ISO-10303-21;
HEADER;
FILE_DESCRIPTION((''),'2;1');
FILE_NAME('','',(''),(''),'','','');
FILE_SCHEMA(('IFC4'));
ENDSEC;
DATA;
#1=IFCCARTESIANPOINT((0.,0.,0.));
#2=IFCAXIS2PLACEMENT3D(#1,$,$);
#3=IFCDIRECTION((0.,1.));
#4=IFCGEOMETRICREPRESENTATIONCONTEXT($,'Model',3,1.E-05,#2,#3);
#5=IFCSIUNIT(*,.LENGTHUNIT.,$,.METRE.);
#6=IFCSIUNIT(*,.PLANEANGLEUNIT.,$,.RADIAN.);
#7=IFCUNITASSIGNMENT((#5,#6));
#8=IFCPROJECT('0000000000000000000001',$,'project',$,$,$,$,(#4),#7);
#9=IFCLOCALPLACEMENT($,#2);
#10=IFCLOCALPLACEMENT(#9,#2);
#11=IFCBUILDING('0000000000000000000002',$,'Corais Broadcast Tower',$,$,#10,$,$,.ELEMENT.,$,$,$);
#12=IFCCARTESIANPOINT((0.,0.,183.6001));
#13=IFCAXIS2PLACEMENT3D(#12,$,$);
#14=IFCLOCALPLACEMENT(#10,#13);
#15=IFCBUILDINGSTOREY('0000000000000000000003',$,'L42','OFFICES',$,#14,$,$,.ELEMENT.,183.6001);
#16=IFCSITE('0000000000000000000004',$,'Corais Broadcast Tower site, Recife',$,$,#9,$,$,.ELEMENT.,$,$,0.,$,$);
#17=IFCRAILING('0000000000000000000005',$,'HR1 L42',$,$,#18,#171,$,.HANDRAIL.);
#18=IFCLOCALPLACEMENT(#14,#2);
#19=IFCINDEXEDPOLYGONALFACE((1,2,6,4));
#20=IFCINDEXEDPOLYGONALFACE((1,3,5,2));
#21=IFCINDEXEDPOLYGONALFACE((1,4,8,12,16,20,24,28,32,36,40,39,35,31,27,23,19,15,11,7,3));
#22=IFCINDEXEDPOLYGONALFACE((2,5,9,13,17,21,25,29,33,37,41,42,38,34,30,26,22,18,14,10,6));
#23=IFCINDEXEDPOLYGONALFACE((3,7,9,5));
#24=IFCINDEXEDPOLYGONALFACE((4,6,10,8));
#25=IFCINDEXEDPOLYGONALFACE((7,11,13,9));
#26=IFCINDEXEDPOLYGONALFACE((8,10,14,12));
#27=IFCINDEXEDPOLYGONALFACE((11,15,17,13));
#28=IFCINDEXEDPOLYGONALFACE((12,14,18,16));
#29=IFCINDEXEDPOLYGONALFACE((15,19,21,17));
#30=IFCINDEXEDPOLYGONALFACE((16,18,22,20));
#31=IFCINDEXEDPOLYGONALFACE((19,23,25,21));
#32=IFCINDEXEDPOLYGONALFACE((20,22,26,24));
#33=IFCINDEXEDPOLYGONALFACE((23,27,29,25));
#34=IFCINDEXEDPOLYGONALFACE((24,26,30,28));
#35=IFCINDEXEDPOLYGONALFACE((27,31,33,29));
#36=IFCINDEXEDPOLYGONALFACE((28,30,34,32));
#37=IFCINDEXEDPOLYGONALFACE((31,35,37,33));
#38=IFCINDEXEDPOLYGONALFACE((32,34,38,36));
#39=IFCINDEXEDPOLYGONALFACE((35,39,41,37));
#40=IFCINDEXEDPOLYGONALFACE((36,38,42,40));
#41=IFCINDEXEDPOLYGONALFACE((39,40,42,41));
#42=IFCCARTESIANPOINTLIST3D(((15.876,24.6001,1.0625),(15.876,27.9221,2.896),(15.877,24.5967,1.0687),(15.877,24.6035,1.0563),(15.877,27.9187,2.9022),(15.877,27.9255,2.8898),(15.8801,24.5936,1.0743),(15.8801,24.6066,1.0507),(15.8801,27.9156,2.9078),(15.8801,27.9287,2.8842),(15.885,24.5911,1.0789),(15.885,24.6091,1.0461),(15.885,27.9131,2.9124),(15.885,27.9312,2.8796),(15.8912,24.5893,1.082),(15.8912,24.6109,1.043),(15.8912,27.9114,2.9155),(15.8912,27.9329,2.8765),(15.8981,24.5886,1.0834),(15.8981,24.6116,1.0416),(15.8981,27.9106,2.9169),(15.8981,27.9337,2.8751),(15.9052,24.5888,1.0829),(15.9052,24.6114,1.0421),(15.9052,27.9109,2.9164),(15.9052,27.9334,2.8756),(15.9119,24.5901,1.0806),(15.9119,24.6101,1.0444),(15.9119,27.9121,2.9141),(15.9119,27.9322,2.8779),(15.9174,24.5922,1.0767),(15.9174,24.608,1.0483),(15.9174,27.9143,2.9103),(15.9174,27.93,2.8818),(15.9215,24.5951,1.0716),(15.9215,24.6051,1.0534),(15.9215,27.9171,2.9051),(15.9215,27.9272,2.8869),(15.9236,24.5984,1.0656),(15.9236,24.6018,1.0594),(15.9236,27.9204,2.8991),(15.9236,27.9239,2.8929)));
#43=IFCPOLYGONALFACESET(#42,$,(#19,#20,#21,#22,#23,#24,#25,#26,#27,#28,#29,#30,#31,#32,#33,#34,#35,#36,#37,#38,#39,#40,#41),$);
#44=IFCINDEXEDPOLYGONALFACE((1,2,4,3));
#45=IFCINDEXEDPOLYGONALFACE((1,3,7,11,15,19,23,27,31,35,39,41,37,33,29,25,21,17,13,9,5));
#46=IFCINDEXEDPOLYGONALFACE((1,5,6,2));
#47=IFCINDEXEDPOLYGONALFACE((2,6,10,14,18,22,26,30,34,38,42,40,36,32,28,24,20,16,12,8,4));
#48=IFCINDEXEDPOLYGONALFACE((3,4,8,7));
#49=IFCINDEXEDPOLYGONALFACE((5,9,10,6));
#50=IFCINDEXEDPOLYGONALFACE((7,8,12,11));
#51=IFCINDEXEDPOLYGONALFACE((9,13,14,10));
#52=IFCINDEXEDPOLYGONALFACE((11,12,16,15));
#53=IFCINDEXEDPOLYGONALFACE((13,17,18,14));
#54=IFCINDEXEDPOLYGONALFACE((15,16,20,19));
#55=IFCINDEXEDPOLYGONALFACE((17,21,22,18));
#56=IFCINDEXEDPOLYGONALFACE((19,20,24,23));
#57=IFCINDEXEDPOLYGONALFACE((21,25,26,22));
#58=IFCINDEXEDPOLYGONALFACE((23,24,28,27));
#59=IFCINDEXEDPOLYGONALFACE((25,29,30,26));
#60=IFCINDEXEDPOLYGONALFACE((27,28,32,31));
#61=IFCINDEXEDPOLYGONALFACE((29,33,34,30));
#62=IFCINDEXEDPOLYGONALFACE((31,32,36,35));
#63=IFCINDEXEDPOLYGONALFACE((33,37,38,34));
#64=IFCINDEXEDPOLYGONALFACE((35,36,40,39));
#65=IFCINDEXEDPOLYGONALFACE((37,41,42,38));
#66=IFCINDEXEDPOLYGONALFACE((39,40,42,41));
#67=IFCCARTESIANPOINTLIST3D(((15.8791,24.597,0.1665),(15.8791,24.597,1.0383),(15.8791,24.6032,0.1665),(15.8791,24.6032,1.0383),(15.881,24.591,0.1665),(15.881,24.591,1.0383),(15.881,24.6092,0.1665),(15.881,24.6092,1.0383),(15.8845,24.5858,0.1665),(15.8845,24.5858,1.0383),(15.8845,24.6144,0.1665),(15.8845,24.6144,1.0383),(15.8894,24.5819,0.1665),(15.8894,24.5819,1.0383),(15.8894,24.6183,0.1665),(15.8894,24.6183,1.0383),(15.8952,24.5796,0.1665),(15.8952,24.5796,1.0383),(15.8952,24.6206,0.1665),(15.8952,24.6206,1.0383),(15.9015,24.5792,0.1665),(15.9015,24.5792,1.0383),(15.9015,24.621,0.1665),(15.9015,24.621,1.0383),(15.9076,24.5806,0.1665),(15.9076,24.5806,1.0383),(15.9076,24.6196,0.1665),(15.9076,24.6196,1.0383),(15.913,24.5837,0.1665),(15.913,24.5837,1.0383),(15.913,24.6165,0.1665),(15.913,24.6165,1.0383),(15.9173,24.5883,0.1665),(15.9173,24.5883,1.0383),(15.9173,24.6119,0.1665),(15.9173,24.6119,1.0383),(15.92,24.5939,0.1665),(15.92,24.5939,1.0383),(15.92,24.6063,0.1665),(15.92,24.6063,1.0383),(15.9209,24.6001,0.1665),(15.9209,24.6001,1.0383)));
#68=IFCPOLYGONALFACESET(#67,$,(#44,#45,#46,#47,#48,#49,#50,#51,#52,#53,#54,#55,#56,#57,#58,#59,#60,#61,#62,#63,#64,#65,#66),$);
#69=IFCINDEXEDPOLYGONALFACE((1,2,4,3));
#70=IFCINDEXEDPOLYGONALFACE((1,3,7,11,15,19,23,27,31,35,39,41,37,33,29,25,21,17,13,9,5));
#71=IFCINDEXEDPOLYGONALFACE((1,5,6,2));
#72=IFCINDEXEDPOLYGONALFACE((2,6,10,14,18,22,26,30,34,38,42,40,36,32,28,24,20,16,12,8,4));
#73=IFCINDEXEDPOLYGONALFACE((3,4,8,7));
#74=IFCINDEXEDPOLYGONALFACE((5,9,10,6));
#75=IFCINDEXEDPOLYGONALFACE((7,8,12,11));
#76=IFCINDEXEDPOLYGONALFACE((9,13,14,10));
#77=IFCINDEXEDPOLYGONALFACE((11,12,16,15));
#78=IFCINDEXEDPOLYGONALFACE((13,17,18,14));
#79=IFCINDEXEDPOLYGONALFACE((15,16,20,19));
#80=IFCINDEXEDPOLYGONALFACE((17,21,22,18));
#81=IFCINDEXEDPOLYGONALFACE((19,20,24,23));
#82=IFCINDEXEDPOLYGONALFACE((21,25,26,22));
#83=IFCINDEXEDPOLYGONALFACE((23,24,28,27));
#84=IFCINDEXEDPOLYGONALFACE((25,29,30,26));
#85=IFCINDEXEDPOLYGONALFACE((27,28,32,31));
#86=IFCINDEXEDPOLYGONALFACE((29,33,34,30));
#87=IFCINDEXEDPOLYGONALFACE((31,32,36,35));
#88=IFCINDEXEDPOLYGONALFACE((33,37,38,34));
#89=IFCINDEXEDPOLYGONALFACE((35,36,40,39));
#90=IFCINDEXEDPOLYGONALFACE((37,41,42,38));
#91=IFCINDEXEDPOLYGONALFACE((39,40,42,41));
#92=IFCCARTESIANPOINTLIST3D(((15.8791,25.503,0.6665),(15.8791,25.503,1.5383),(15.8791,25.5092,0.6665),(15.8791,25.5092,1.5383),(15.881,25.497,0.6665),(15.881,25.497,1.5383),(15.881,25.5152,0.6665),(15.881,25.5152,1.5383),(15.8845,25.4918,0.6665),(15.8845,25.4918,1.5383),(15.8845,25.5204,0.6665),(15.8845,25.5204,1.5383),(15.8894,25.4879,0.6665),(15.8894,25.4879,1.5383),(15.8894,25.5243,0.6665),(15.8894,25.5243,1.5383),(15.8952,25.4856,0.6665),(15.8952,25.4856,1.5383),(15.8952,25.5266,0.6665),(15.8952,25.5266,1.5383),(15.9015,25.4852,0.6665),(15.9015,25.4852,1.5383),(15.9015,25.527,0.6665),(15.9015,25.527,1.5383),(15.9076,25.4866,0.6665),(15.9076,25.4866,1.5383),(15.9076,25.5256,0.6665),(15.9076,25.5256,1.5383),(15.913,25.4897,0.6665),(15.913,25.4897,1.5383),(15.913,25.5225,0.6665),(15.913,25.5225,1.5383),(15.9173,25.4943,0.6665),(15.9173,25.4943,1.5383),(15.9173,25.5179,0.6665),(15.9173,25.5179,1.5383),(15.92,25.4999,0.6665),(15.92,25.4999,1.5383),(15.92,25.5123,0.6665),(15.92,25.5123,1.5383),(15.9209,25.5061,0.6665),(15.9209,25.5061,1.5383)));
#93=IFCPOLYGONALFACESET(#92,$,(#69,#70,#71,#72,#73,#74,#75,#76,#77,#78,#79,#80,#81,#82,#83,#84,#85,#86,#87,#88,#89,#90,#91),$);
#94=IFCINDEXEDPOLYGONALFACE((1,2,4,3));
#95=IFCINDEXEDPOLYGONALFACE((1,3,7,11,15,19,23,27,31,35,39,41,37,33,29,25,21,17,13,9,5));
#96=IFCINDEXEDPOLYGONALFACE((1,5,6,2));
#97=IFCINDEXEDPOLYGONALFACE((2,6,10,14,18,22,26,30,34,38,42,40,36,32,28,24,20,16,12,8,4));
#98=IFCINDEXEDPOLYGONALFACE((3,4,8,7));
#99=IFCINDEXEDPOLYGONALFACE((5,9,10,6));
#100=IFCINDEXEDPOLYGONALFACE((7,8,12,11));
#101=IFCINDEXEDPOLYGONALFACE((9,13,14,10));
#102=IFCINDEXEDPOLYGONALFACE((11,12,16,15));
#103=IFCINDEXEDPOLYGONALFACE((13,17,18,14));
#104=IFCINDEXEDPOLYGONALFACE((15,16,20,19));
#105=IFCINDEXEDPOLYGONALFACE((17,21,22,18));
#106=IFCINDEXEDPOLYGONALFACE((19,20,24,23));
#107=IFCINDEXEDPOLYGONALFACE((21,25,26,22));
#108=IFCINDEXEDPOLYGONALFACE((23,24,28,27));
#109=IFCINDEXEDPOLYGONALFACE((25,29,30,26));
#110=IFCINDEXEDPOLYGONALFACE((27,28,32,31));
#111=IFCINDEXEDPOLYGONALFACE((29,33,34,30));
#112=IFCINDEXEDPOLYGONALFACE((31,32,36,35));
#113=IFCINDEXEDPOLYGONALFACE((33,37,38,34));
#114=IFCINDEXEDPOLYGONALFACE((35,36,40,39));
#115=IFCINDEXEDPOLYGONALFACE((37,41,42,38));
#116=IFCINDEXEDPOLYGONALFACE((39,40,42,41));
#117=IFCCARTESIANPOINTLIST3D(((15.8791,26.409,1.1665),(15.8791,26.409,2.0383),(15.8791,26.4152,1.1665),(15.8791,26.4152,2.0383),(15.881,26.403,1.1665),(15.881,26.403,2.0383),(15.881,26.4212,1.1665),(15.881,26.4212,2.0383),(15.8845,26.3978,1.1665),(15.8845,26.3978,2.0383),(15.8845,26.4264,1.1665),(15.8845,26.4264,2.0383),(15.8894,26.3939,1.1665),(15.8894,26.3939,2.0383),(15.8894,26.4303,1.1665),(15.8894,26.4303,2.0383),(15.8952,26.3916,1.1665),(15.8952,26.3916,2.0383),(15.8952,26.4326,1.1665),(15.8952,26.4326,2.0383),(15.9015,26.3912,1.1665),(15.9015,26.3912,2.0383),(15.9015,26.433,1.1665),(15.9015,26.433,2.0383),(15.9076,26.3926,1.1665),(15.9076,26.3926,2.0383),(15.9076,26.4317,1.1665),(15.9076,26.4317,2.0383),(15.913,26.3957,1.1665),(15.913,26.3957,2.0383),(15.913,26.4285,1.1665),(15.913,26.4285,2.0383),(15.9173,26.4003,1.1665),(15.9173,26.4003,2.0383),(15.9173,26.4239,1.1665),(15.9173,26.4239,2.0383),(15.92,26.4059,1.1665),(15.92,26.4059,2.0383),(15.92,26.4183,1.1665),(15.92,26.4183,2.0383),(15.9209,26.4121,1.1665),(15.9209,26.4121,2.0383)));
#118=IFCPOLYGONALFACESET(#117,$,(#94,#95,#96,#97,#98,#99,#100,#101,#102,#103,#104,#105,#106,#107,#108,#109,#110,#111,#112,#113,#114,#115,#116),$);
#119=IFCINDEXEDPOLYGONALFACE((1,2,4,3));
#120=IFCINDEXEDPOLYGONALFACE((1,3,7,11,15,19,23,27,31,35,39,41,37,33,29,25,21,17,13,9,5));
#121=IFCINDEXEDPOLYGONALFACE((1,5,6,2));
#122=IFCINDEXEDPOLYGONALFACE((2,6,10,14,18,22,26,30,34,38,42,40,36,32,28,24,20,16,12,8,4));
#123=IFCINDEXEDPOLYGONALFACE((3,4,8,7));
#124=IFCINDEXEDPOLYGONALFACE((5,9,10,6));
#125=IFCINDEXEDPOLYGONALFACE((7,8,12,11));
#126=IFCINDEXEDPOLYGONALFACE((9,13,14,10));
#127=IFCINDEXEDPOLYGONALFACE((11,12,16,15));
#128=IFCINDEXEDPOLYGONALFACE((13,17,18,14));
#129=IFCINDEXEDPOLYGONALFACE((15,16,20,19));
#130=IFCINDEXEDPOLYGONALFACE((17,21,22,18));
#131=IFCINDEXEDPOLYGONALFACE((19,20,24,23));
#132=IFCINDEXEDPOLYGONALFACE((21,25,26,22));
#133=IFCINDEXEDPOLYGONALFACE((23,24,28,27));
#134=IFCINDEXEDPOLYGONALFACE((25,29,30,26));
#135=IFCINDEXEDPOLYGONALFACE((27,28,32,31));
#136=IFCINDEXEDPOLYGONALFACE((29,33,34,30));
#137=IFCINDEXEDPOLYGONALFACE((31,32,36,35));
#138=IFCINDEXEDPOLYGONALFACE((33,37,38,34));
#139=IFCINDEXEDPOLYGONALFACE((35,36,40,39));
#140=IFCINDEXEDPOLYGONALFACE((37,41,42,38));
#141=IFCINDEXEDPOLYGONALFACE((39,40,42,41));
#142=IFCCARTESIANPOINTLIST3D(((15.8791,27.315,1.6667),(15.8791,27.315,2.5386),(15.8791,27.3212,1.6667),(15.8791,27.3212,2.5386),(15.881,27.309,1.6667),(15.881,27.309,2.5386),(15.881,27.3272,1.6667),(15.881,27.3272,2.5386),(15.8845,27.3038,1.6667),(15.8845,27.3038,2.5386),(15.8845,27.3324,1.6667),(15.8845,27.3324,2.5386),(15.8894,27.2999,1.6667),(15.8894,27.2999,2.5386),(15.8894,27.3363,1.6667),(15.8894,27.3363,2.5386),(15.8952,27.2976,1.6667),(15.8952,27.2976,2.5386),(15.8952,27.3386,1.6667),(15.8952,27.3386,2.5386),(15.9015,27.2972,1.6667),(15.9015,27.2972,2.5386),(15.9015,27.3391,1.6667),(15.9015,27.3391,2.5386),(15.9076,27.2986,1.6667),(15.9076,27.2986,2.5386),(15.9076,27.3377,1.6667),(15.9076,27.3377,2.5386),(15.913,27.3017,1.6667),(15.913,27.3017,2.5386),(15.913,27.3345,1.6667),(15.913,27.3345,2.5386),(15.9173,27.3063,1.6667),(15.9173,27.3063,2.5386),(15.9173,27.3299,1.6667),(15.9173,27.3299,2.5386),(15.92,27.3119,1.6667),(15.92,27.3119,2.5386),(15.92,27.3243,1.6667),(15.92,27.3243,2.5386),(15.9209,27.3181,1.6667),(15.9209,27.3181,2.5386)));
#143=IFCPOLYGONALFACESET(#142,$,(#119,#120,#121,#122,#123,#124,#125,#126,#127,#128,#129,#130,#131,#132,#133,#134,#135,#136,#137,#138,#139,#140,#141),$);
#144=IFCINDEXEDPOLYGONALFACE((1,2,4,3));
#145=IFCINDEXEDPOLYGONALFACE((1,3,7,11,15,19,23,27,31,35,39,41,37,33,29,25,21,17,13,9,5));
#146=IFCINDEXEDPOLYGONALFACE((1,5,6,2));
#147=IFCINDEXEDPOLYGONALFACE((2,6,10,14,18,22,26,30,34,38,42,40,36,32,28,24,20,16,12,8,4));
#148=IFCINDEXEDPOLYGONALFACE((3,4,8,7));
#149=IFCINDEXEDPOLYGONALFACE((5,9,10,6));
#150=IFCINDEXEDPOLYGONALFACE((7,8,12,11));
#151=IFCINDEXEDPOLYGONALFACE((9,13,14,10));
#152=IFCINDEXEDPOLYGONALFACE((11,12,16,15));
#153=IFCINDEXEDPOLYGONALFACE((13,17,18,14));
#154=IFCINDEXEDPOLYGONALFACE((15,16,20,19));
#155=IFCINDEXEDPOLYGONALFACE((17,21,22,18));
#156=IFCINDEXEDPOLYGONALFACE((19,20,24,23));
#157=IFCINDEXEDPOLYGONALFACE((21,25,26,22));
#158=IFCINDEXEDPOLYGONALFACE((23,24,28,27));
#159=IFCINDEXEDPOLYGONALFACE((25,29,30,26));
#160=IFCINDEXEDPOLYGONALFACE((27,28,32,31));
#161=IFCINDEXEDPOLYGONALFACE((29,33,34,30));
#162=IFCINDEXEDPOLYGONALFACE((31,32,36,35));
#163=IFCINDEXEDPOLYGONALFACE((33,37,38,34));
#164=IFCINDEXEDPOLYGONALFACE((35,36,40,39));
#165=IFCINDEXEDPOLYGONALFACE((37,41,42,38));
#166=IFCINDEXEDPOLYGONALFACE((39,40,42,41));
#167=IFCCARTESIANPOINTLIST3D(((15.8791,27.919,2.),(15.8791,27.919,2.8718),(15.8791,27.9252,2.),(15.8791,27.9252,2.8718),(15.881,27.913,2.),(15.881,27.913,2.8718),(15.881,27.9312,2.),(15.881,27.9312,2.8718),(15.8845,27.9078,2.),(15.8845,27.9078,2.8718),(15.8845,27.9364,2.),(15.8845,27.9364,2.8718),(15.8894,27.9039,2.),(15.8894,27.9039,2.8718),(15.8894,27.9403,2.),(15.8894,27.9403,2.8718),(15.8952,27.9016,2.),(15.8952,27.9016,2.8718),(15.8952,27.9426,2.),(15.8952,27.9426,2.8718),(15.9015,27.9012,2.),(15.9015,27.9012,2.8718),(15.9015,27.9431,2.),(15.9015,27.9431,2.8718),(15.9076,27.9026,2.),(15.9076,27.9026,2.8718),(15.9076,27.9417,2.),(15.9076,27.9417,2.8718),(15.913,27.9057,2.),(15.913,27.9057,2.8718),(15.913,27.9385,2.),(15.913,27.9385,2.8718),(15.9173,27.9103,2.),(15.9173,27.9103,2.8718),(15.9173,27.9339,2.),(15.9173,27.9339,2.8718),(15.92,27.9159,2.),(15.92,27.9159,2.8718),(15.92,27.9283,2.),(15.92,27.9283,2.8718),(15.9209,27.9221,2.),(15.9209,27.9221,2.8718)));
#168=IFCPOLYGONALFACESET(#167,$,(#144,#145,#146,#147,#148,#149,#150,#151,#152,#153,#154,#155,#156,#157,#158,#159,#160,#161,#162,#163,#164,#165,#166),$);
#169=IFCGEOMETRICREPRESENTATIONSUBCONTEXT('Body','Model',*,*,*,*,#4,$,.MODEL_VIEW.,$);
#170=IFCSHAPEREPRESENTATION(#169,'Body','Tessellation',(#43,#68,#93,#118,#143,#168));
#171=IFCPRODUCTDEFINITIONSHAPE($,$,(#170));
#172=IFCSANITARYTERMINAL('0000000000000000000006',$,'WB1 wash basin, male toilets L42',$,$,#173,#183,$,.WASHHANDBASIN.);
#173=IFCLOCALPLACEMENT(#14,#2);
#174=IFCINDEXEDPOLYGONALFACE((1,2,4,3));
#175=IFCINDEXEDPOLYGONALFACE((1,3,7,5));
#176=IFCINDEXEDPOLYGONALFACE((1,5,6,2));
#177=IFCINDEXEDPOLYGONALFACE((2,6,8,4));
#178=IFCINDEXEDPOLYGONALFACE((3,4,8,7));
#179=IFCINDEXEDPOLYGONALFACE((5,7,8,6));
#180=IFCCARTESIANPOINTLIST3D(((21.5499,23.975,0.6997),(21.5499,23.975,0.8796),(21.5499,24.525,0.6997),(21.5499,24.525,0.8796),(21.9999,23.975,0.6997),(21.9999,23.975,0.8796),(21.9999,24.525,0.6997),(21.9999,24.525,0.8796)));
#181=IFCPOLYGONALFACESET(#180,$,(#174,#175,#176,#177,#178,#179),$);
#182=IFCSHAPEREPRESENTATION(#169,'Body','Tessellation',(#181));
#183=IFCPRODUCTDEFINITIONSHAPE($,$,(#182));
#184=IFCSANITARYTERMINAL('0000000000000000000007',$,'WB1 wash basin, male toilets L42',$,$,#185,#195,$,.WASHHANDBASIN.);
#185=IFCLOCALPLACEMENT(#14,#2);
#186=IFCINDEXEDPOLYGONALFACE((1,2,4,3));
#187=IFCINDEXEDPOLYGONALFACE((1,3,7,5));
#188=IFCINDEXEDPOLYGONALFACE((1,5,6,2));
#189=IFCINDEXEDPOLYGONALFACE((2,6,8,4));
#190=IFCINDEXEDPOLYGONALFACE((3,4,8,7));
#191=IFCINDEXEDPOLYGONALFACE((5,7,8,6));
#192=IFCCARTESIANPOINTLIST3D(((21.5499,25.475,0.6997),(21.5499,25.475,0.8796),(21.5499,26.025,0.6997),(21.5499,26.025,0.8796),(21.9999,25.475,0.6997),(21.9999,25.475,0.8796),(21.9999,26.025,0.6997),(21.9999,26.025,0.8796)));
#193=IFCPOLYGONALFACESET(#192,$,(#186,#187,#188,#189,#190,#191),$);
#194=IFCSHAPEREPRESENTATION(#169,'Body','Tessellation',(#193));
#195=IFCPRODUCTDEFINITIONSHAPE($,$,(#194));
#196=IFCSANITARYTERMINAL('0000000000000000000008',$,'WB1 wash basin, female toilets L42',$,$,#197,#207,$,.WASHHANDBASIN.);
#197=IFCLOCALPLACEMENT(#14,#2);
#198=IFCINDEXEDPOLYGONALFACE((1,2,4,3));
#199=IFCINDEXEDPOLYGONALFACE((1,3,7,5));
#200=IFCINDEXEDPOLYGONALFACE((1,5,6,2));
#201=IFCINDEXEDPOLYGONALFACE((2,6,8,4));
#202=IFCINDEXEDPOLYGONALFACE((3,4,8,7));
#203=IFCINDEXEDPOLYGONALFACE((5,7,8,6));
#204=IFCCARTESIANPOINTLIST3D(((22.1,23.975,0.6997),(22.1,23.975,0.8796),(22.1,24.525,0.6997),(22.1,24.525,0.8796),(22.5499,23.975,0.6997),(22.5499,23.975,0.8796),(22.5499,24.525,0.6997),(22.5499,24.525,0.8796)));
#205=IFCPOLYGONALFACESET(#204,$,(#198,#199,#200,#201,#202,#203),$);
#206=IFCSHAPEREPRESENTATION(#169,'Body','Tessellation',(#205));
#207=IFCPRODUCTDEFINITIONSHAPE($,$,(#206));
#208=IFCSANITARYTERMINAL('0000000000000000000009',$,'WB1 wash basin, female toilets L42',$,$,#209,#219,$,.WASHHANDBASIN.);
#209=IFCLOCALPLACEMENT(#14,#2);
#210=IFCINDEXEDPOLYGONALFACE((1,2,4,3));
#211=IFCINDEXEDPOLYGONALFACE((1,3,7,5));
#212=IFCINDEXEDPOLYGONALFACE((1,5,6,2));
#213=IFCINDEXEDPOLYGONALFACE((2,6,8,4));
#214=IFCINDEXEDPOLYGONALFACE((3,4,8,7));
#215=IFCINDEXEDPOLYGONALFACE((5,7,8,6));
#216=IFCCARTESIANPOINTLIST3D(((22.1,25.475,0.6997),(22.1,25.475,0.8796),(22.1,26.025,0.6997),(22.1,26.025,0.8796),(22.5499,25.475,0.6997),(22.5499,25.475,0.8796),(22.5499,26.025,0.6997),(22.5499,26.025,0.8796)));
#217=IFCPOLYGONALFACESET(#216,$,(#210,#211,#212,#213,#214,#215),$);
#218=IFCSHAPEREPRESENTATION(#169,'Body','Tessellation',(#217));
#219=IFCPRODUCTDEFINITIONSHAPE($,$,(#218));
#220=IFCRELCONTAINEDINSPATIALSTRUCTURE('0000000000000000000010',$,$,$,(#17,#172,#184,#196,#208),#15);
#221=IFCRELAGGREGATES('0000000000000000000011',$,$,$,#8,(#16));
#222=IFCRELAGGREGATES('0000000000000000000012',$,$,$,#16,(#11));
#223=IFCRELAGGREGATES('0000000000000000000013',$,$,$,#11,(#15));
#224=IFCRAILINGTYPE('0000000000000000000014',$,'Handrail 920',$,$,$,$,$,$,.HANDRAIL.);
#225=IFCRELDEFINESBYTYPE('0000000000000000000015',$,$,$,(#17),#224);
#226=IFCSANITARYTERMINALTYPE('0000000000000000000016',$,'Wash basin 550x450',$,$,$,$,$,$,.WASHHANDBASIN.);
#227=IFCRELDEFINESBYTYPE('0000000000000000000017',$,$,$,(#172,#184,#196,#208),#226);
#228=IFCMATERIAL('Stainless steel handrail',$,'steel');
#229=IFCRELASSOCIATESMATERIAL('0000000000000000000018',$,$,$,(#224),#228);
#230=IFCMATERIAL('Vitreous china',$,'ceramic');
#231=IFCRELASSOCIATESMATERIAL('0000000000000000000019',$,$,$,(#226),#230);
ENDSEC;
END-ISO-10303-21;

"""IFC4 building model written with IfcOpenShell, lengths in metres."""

from ifc_helpers import new_model, si_unit, direction, frame, origin, origin_2d, place, context, subcontext, project, spatial, rectangle, circle, extrude, material, type_object, element, save


model = new_model("IFC4")

# Units and contexts
model_context = context("Model", 3, precision=1e-05, world=origin(), true_north=direction((0.0, 1.0)))
body_context = subcontext(model_context, "Body", "Model", "MODEL_VIEW")
ifc_project = project(units=[si_unit("LENGTHUNIT", "METRE"), si_unit("PLANEANGLEUNIT", "RADIAN")], contexts=[model_context])

# Site, building, storey
site_placement = place(None, origin())
site = spatial("IfcSite", under=ifc_project, at=site_placement, Name="Corais Broadcast Tower site, Recife", CompositionType="ELEMENT", RefElevation=0.0)
building_placement = place(site_placement, origin())
building = spatial("IfcBuilding", under=site, at=building_placement, Name="Corais Broadcast Tower", CompositionType="ELEMENT")
storey_placement = place(building_placement, frame((0.0, 0.0, 183.6001)))
storey = spatial("IfcBuildingStorey", under=building, at=storey_placement, Name="L42", Description="OFFICES", CompositionType="ELEMENT", Elevation=183.6001)

# Railing
ifc_material_1 = material(Name="Stainless steel handrail", Category="steel")
railing_type = type_object("IfcRailingType", Name="Handrail 920", PredefinedType="HANDRAIL", material=ifc_material_1)
for number, where, name in (
    (1, (15.8999, 24.6001, 0.1665), "HR1 L42"),
):
    element("IfcRailing", number, at=place(storey_placement, frame(where)), inside=storey, type_object=railing_type, Name=name, PredefinedType="HANDRAIL", context=body_context, shape_type="SweptSolid", body=[
        extrude(circle(Radius=0.0239, at=origin_2d()), frame((0.0, 0.0, 0.896), z_axis=(0.0, 0.875504, 0.48321), x_axis=(-1.0, 0.0, 0.0)), (0.0, 0.0, 1.0), 3.7944),
        extrude(circle(Radius=0.021, at=origin_2d()), origin(), (0.0, 0.0, 1.0), 0.8718),
        extrude(circle(Radius=0.021, at=origin_2d()), frame((0.0, 0.906, 0.5)), (0.0, 0.0, 1.0), 0.8718),
        extrude(circle(Radius=0.021, at=origin_2d()), frame((0.0, 1.812, 1.0)), (0.0, 0.0, 1.0), 0.8718),
        extrude(circle(Radius=0.021, at=origin_2d()), frame((0.0, 2.718, 1.5002)), (0.0, 0.0, 1.0), 0.8718),
        extrude(circle(Radius=0.021, at=origin_2d()), frame((0.0, 3.322, 1.8335)), (0.0, 0.0, 1.0), 0.8718),
    ])

# Sanitary terminals
ifc_material_2 = material(Name="Vitreous china", Category="ceramic")
sanitary_terminal_type = type_object("IfcSanitaryTerminalType", Name="Wash basin 550x450", PredefinedType="WASHHANDBASIN", material=ifc_material_2)
for number, where, z_axis, x_axis, name in (
    (2, (21.7749, 24.25, 0.6997), (0.0, 0.0, 1.0), (1.0, 0.0, 0.0), "WB1 wash basin, male toilets L42"),
    (3, (21.7749, 25.75, 0.6997), (0.0, 0.0, 1.0), (1.0, 0.0, 0.0), "WB1 wash basin, male toilets L42"),
    (4, (22.325, 24.25, 0.6997), (0.0, 0.0, 1.0), (1.0, 0.0, 0.0), "WB1 wash basin, female toilets L42"),
    (5, (22.325, 25.75, 0.6997), (0.0, 0.0, 1.0), (1.0, 0.0, 0.0), "WB1 wash basin, female toilets L42"),
):
    element("IfcSanitaryTerminal", number, at=place(storey_placement, frame(where, z_axis=z_axis, x_axis=x_axis)), inside=storey, type_object=sanitary_terminal_type, Name=name, PredefinedType="WASHHANDBASIN", context=body_context, shape_type="SweptSolid", body=[
        extrude(rectangle(XDim=0.45, YDim=0.55, at=origin_2d()), origin(), (0.0, 0.0, 1.0), 0.1799),
    ])

save(model, "model.ifc")
